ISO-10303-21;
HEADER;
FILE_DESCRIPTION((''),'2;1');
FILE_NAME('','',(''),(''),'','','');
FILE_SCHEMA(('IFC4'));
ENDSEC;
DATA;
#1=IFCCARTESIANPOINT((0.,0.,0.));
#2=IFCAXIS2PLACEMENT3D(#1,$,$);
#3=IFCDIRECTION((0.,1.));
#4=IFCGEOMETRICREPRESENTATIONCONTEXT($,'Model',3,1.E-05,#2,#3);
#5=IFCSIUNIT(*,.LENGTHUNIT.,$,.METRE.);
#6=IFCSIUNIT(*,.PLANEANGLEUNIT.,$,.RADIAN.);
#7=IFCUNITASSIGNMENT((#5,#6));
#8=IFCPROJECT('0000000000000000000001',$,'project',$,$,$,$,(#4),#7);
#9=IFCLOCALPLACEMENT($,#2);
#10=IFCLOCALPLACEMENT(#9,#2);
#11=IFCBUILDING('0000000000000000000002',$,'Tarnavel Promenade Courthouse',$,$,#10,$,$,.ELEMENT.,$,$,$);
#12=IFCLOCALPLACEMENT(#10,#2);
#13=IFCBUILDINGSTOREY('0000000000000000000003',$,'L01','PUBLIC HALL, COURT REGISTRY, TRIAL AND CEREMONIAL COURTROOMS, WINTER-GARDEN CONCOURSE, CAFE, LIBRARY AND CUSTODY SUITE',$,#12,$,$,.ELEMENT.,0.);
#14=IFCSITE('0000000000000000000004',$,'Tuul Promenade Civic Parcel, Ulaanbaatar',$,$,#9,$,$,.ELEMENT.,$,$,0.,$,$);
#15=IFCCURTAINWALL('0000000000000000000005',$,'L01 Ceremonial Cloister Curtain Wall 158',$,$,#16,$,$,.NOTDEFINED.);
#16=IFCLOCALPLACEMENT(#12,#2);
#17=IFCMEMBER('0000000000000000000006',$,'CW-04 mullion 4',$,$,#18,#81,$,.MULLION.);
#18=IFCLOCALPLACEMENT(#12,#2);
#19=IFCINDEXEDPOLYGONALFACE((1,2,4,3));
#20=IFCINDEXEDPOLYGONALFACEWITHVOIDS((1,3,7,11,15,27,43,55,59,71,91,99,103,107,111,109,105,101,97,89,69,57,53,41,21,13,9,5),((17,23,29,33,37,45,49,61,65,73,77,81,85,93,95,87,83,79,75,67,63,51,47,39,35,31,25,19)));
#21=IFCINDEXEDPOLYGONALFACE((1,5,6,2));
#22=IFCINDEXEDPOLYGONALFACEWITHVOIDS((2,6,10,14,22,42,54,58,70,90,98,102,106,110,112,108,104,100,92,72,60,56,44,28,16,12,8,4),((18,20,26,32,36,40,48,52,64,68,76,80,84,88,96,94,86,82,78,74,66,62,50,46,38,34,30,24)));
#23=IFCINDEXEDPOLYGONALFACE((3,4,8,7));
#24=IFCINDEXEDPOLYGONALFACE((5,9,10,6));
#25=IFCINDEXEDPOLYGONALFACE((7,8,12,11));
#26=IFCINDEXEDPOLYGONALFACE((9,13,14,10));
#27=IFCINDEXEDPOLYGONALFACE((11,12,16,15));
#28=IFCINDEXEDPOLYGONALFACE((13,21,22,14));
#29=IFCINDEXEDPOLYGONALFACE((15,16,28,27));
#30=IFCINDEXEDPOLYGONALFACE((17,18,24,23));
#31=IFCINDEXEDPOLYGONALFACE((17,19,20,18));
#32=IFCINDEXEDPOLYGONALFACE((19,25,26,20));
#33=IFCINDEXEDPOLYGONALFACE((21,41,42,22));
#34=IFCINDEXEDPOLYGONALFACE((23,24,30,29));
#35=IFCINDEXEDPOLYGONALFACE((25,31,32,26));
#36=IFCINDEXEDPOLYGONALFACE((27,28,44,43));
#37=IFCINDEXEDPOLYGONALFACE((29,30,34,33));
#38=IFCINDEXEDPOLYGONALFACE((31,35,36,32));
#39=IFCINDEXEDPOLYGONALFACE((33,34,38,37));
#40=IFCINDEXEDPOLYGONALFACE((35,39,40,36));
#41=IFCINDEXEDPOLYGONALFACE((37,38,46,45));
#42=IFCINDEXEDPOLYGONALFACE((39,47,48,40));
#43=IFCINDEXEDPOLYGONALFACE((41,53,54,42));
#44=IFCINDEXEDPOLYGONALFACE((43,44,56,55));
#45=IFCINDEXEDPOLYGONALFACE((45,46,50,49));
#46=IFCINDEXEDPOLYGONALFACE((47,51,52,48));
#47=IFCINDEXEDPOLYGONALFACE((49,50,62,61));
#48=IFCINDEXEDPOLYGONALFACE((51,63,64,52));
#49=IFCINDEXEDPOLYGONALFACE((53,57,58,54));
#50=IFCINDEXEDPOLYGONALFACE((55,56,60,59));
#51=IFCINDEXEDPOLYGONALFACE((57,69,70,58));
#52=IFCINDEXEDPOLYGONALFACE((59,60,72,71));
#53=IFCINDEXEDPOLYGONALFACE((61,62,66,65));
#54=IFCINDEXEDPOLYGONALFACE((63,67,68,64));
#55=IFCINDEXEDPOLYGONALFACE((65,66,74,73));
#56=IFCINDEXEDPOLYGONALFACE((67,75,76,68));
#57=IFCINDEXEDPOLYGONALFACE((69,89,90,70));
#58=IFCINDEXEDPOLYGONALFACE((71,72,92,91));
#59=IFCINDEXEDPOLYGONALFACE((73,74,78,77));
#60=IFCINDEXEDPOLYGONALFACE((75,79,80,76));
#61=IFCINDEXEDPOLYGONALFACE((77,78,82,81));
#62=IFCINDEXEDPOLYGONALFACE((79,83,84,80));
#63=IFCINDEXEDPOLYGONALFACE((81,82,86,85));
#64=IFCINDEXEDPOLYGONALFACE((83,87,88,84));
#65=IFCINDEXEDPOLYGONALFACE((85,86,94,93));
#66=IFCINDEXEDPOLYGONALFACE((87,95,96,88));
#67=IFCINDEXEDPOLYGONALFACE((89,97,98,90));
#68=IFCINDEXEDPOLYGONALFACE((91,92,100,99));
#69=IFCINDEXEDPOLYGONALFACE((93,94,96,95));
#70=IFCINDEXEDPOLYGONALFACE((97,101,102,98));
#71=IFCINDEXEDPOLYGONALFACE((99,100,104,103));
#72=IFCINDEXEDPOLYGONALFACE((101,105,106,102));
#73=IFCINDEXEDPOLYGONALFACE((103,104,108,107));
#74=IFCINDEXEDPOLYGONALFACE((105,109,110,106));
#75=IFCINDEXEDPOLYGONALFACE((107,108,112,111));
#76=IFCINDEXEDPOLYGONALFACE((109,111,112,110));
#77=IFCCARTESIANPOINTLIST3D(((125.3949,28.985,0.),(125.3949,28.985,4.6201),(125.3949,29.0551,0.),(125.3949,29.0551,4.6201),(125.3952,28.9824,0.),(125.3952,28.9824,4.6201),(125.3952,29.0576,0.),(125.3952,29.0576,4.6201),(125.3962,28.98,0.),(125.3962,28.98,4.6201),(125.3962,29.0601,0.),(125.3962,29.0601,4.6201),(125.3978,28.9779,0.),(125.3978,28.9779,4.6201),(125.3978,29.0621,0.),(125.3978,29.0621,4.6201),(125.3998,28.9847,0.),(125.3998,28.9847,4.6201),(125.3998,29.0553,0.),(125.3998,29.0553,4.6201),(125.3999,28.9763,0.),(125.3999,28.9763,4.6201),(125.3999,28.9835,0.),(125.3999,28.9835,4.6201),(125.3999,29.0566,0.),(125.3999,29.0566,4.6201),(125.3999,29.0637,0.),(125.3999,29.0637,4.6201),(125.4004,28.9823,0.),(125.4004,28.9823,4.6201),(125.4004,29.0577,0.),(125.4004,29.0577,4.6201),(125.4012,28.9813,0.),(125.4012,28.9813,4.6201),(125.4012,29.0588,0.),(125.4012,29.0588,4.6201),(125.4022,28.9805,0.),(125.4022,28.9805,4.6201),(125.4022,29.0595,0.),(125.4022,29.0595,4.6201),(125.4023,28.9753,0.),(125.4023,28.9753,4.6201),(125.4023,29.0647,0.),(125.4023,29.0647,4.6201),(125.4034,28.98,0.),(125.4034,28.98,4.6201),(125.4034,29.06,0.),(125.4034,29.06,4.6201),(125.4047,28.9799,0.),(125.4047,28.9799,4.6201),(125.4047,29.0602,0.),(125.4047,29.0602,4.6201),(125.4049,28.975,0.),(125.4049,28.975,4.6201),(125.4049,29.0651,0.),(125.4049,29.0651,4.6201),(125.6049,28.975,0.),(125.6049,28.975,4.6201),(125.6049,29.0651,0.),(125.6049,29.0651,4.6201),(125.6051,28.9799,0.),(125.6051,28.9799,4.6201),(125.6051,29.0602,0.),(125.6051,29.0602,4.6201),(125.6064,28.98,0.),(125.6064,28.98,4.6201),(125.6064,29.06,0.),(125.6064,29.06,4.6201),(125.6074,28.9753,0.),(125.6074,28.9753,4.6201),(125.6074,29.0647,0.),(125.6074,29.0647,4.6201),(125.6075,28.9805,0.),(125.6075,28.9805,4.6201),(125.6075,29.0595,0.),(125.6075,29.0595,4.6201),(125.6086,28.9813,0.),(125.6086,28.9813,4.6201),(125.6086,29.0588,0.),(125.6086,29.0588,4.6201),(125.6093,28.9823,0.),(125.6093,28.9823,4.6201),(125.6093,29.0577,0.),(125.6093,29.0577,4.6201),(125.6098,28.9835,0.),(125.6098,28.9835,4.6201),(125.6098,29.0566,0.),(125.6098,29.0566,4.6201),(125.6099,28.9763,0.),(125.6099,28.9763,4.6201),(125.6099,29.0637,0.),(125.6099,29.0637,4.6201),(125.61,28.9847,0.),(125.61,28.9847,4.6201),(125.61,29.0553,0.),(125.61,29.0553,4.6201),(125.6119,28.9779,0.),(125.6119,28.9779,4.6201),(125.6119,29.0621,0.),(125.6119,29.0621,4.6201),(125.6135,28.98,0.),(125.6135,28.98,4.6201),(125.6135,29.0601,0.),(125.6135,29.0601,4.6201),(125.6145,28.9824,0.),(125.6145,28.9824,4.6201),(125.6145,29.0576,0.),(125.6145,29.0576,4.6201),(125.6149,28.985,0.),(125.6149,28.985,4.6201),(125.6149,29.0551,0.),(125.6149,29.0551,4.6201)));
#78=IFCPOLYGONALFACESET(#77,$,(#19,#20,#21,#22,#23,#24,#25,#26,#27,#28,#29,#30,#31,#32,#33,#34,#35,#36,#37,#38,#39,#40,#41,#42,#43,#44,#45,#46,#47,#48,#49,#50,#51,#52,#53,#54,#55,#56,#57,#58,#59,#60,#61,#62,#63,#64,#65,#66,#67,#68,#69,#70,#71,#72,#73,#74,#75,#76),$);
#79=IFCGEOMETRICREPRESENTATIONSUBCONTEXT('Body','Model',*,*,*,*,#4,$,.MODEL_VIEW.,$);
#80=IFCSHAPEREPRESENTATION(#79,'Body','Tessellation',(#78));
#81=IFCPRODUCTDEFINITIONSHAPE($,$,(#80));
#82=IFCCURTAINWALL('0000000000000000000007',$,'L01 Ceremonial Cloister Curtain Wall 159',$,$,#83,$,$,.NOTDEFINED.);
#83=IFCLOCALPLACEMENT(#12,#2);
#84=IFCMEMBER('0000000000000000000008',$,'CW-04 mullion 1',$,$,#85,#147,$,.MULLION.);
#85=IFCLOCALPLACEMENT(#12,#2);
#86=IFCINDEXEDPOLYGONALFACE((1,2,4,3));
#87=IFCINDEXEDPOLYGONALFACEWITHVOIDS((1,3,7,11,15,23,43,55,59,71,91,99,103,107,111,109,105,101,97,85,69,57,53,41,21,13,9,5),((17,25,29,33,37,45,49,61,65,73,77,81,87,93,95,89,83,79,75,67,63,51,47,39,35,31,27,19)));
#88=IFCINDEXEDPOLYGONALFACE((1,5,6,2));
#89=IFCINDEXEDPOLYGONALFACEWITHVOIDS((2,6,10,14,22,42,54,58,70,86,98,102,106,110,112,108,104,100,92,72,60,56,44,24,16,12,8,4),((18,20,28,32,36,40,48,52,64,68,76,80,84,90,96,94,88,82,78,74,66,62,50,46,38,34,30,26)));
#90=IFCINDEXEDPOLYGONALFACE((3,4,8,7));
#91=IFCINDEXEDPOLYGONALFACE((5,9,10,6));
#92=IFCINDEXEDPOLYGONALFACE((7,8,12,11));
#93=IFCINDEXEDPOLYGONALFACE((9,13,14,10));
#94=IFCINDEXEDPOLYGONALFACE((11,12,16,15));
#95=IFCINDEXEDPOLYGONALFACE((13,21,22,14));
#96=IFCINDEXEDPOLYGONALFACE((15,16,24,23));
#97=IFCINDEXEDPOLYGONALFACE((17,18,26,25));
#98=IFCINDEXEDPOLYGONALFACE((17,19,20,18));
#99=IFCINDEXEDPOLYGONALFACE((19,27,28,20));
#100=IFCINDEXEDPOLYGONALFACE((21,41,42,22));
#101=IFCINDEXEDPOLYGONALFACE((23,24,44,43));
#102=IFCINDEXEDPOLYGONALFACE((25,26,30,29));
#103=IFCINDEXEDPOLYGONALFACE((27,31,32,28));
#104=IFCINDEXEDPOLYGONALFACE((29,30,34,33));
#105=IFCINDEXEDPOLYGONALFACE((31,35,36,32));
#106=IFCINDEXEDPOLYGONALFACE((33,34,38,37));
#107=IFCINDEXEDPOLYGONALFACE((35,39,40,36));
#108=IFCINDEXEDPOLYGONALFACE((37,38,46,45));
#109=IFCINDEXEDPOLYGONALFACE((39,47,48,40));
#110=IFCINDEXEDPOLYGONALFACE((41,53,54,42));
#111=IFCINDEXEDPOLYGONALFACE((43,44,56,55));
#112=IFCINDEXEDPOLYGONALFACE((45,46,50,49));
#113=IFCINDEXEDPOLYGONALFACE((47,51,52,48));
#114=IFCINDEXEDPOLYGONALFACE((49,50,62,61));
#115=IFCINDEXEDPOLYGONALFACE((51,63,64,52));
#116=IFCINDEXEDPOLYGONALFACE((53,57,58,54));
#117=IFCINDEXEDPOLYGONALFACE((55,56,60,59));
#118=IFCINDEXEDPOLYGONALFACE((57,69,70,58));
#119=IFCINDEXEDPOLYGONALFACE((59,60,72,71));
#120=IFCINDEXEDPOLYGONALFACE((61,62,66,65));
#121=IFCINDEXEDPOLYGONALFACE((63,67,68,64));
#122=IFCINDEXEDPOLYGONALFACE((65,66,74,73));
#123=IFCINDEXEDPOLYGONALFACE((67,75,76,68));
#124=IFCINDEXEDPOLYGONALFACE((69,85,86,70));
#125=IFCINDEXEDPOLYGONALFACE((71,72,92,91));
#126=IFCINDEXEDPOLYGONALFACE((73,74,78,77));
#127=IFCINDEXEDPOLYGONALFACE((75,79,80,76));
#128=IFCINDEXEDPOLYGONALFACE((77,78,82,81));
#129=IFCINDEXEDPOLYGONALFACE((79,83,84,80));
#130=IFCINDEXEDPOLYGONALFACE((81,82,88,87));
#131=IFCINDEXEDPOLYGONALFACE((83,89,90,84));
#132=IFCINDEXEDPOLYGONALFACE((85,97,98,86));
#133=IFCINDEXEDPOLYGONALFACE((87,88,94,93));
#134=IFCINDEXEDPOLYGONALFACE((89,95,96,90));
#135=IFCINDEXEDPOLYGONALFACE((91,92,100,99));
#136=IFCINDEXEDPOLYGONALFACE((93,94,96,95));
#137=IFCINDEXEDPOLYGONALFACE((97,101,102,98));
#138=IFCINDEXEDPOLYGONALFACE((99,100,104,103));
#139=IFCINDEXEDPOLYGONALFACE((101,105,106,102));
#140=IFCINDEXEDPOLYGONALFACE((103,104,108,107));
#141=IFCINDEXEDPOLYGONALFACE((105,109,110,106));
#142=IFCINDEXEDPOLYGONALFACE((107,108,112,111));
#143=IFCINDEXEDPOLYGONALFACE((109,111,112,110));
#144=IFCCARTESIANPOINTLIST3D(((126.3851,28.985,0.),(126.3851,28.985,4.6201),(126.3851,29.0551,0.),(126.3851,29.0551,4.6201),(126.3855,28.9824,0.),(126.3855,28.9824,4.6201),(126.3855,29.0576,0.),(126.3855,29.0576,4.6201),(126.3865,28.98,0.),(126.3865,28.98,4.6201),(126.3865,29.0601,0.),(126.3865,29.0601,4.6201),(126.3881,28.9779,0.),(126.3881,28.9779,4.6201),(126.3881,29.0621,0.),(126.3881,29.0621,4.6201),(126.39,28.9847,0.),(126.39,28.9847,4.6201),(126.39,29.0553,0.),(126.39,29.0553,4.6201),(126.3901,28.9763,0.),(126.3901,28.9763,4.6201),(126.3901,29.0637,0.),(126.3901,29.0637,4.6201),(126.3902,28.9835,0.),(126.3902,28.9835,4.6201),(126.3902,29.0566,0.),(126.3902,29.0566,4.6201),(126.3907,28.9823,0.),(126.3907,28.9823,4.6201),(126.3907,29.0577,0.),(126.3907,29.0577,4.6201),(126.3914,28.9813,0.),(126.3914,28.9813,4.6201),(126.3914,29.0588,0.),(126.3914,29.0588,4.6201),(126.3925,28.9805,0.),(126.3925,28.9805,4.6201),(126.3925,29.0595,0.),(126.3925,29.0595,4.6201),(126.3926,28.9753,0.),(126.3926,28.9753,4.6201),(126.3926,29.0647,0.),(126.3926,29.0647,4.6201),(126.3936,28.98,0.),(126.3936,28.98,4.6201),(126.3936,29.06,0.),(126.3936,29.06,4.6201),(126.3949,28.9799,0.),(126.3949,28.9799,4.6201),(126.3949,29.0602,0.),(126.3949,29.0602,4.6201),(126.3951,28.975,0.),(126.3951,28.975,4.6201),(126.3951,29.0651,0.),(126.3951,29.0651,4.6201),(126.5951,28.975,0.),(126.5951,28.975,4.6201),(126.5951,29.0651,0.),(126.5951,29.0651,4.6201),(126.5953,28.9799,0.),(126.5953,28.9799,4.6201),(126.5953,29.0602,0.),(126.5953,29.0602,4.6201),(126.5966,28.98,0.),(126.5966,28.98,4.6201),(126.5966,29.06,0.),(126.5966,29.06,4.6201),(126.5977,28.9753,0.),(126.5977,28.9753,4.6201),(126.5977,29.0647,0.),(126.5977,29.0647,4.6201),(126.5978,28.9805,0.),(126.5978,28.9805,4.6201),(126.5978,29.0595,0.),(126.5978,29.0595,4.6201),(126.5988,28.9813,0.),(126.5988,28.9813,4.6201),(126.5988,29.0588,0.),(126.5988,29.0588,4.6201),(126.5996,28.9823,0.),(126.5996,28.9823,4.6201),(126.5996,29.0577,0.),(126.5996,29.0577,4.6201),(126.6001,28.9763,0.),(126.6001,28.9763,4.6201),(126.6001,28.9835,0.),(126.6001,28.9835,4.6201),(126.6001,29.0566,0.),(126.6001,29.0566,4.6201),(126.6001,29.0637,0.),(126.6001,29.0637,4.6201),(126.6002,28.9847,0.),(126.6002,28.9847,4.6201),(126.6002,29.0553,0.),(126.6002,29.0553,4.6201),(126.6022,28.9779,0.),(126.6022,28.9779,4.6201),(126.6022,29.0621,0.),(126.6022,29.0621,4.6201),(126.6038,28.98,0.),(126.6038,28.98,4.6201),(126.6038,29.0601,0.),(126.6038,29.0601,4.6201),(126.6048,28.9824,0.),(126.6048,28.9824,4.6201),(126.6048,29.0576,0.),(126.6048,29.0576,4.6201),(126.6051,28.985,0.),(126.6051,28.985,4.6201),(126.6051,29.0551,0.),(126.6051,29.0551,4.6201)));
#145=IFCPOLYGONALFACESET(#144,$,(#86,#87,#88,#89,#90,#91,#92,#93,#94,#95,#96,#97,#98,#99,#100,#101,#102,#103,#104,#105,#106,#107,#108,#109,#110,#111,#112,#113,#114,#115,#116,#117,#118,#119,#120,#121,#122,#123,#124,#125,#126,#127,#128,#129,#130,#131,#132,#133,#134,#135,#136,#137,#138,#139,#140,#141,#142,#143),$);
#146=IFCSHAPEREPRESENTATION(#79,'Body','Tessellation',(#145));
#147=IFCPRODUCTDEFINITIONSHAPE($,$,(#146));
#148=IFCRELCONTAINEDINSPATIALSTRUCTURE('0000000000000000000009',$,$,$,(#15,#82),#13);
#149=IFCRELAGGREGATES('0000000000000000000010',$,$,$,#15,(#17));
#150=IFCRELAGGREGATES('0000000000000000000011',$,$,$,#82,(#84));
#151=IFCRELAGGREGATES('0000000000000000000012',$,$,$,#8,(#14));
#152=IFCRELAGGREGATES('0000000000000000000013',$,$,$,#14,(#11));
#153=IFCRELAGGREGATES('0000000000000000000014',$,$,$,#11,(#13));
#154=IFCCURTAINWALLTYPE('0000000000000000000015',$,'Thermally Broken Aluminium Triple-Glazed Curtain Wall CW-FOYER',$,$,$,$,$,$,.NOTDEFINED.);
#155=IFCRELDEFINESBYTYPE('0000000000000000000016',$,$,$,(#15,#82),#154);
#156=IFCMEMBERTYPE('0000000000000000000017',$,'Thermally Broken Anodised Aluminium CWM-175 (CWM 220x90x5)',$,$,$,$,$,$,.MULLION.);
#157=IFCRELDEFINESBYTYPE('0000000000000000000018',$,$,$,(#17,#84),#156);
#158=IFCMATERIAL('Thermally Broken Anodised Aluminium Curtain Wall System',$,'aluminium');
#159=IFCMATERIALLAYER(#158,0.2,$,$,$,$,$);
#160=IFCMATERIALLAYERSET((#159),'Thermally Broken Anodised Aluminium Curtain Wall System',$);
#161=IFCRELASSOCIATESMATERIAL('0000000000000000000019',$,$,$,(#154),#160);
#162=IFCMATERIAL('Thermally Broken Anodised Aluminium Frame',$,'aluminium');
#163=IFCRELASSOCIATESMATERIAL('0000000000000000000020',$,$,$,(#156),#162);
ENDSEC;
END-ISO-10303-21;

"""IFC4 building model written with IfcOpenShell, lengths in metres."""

from ifc_helpers import new_model, si_unit, direction, frame, origin, origin_2d, place, context, subcontext, project, spatial, hollow_rectangle, extrude, material, layer, layer_set, material_profile, profile_set, type_object, element, aggregate, save


model = new_model("IFC4")

# Units and contexts
model_context = context("Model", 3, precision=1e-05, world=origin(), true_north=direction((0.0, 1.0)))
body_context = subcontext(model_context, "Body", "Model", "MODEL_VIEW")
ifc_project = project(units=[si_unit("LENGTHUNIT", "METRE"), si_unit("PLANEANGLEUNIT", "RADIAN")], contexts=[model_context])

# Site, building, storey
site_placement = place(None, origin())
site = spatial("IfcSite", under=ifc_project, at=site_placement, Name="Tuul Promenade Civic Parcel, Ulaanbaatar", CompositionType="ELEMENT", RefElevation=0.0)
building_placement = place(site_placement, origin())
building = spatial("IfcBuilding", under=site, at=building_placement, Name="Tarnavel Promenade Courthouse", CompositionType="ELEMENT")
storey_placement = place(building_placement, origin())
storey = spatial("IfcBuildingStorey", under=building, at=storey_placement, Name="L01", Description="PUBLIC HALL, COURT REGISTRY, TRIAL AND CEREMONIAL COURTROOMS, WINTER-GARDEN CONCOURSE, CAFE, LIBRARY AND CUSTODY SUITE", CompositionType="ELEMENT", Elevation=0.0)

# Curtain wall, member
ifc_material_1 = material(Name="Thermally Broken Anodised Aluminium Curtain Wall System", Category="aluminium")
ifc_layer_1 = layer(ifc_material_1, 0.2)
ifc_layer_set_1 = layer_set([ifc_layer_1], Name="Thermally Broken Anodised Aluminium Curtain Wall System")
curtain_wall_type = type_object("IfcCurtainWallType", Name="Thermally Broken Aluminium Triple-Glazed Curtain Wall CW-FOYER", PredefinedType="NOTDEFINED", material=ifc_layer_set_1)
curtain_wall_1_placement = place(storey_placement, origin())
curtain_wall_1 = element("IfcCurtainWall", 1, at=curtain_wall_1_placement, inside=storey, type_object=curtain_wall_type, Name="L01 Ceremonial Cloister Curtain Wall 158", PredefinedType="NOTDEFINED")
ifc_material_2 = material(Name="Thermally Broken Anodised Aluminium Frame", Category="aluminium")
ifc_material_profile_1 = material_profile(ifc_material_2, hollow_rectangle(XDim=0.0901, YDim=0.22, WallThickness=0.0049, InnerFilletRadius=0.0049, OuterFilletRadius=0.01, at=origin_2d()), Name="CWM 220x90x5")
ifc_profile_set_1 = profile_set([ifc_material_profile_1], Name="Thermally Broken Anodised Aluminium Frame")
member_type_1 = type_object("IfcMemberType", Name="Thermally Broken Anodised Aluminium CWM-175 (CWM 220x90x5)", PredefinedType="MULLION", material=ifc_profile_set_1)
member_1_placement = place(storey_placement, frame((125.5049, 29.02, 0.0), z_axis=(0.0, 0.0, 1.0), x_axis=(0.0, 1.0, 0.0)))
member_1 = element("IfcMember", 2, at=member_1_placement, type_object=member_type_1, Name="CW-04 mullion 4", PredefinedType="MULLION", context=body_context, shape_type="SweptSolid", body=[
    extrude(hollow_rectangle(XDim=0.0901, YDim=0.22, WallThickness=0.0049, InnerFilletRadius=0.0049, OuterFilletRadius=0.01, at=origin_2d()), origin(), (0.0, 0.0, 1.0), 4.6201),
])

# Curtain wall, member
curtain_wall_2_placement = place(storey_placement, origin())
curtain_wall_2 = element("IfcCurtainWall", 3, at=curtain_wall_2_placement, inside=storey, type_object=curtain_wall_type, Name="L01 Ceremonial Cloister Curtain Wall 159", PredefinedType="NOTDEFINED")
member_2_placement = place(storey_placement, frame((126.4951, 29.02, 0.0), z_axis=(0.0, 0.0, 1.0), x_axis=(0.0, 1.0, 0.0)))
member_2 = element("IfcMember", 4, at=member_2_placement, type_object=member_type_1, Name="CW-04 mullion 1", PredefinedType="MULLION", context=body_context, shape_type="SweptSolid", body=[
    extrude(hollow_rectangle(XDim=0.0901, YDim=0.22, WallThickness=0.0049, InnerFilletRadius=0.0049, OuterFilletRadius=0.01, at=origin_2d()), origin(), (0.0, 0.0, 1.0), 4.6201),
])

aggregate(curtain_wall_1, [member_1])
aggregate(curtain_wall_2, [member_2])

save(model, "model.ifc")
